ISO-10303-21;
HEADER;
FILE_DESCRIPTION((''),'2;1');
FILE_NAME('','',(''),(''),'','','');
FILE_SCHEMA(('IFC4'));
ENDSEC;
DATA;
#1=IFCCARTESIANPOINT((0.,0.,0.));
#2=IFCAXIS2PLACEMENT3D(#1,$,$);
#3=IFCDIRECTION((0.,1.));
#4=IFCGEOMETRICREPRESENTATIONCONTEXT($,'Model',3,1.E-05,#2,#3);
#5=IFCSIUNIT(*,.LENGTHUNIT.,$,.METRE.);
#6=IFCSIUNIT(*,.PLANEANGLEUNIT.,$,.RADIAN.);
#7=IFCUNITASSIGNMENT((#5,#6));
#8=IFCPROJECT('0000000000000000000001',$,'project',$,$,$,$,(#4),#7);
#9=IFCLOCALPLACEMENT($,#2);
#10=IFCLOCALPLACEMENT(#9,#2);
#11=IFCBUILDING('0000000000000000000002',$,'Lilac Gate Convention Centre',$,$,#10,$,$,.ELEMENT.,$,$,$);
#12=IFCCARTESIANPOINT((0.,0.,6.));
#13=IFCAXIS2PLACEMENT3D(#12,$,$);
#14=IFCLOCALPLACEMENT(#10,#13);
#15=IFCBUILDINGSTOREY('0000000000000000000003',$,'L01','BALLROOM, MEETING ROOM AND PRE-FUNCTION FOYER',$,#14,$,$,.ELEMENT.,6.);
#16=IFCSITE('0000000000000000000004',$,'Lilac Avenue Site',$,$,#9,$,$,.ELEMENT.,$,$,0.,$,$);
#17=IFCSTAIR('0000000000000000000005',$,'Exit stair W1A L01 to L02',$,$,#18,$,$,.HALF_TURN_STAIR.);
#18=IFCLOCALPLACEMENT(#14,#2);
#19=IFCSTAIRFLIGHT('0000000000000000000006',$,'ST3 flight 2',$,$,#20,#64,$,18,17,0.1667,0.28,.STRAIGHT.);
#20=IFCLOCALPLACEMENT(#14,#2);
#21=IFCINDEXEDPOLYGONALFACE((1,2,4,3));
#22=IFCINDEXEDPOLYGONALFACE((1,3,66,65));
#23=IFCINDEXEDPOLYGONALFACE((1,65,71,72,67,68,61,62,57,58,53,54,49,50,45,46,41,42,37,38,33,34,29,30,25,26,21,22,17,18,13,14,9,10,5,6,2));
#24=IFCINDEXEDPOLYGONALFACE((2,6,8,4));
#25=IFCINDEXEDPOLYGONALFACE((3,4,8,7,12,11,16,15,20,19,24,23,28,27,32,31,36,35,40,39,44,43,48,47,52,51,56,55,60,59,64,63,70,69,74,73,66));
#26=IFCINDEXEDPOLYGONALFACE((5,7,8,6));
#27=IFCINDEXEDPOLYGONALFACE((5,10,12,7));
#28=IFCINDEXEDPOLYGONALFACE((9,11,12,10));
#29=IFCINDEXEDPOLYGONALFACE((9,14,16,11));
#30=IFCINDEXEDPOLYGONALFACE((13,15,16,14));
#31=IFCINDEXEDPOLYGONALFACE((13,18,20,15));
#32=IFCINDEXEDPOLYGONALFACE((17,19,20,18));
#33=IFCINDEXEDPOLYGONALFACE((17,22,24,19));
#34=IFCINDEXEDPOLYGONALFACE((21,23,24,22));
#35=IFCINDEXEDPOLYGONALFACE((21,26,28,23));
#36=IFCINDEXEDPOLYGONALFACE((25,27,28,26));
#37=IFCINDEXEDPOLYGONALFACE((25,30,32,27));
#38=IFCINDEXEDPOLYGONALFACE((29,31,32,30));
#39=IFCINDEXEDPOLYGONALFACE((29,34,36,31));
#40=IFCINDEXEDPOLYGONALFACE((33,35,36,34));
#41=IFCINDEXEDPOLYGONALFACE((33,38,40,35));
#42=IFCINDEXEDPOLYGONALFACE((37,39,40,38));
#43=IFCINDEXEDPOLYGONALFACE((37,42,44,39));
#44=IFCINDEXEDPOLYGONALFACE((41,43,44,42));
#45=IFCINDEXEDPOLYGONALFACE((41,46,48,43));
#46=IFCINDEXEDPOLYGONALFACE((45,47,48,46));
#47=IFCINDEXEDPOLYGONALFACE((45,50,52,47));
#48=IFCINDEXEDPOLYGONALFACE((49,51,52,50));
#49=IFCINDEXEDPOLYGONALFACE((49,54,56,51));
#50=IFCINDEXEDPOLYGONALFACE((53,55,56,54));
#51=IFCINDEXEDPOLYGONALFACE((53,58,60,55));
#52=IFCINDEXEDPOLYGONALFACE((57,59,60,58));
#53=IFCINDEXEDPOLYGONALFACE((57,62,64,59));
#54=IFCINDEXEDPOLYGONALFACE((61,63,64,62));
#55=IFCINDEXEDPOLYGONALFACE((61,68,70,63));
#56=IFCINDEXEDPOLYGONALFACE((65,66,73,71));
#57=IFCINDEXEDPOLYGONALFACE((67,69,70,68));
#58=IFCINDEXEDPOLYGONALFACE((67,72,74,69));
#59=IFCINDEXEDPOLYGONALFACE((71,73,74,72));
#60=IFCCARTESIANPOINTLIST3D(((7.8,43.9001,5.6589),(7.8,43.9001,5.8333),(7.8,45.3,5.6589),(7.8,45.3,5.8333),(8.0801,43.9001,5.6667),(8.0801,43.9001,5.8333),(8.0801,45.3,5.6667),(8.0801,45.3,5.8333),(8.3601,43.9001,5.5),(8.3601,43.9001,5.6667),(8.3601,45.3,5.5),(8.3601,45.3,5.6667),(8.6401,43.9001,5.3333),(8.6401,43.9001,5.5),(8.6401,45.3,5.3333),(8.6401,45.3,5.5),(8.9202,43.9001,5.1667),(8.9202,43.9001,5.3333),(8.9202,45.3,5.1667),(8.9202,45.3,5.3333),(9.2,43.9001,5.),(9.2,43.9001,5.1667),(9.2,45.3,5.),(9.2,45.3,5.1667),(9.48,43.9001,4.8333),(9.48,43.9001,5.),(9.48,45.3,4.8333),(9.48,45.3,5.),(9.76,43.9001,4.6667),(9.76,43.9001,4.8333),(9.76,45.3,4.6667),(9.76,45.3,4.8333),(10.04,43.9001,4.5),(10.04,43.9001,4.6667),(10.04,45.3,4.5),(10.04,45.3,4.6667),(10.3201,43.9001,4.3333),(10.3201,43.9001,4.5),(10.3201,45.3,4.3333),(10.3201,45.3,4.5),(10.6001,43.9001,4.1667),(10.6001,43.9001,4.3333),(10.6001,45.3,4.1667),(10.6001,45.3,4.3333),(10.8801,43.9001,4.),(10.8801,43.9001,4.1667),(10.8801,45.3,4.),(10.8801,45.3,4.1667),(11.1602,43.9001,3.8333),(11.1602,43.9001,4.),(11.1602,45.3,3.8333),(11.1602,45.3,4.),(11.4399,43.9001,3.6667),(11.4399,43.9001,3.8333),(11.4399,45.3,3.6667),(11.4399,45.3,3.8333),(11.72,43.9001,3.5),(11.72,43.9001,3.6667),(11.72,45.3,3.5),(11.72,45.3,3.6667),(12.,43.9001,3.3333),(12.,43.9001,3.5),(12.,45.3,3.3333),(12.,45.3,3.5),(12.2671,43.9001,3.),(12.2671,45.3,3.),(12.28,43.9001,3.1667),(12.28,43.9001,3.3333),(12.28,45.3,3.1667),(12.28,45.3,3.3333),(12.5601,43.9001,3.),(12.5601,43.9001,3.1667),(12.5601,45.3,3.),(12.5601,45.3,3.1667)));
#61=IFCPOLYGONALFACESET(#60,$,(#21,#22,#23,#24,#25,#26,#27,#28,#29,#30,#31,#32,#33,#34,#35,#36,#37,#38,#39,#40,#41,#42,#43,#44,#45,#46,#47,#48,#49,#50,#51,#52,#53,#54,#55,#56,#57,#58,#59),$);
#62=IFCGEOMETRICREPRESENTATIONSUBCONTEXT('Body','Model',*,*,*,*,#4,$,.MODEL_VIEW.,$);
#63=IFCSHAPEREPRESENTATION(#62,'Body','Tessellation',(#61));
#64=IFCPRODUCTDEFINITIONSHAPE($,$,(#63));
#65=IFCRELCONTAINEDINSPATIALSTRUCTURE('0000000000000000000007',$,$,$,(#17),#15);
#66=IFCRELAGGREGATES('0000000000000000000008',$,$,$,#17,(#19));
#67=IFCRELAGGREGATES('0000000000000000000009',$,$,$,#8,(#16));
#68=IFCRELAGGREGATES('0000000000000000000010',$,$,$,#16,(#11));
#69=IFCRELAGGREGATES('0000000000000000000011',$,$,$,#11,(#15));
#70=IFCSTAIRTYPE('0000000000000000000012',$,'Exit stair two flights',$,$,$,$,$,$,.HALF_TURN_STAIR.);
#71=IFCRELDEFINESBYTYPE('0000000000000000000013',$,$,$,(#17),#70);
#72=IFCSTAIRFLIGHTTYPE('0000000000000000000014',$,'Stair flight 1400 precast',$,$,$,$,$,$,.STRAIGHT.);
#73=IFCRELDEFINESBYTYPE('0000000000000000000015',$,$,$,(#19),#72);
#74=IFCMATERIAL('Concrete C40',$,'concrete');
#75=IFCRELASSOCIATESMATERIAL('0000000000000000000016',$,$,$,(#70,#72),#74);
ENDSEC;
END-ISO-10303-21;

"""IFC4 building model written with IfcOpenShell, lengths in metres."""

from ifc_helpers import new_model, si_unit, direction, frame, origin, place, context, subcontext, project, spatial, polyline, outline, extrude, material, type_object, element, aggregate, save


model = new_model("IFC4")

# Units and contexts
model_context = context("Model", 3, precision=1e-05, world=origin(), true_north=direction((0.0, 1.0)))
body_context = subcontext(model_context, "Body", "Model", "MODEL_VIEW")
ifc_project = project(units=[si_unit("LENGTHUNIT", "METRE"), si_unit("PLANEANGLEUNIT", "RADIAN")], contexts=[model_context])

# Site, building, storey
site_placement = place(None, origin())
site = spatial("IfcSite", under=ifc_project, at=site_placement, Name="Lilac Avenue Site", CompositionType="ELEMENT", RefElevation=0.0)
building_placement = place(site_placement, origin())
building = spatial("IfcBuilding", under=site, at=building_placement, Name="Lilac Gate Convention Centre", CompositionType="ELEMENT")
storey_placement = place(building_placement, frame((0.0, 0.0, 6.0)))
storey = spatial("IfcBuildingStorey", under=building, at=storey_placement, Name="L01", Description="BALLROOM, MEETING ROOM AND PRE-FUNCTION FOYER", CompositionType="ELEMENT", Elevation=6.0)

# Shared definitions
ifc_material_1 = material(Name="Concrete C40", Category="concrete")

# Stair, stair flight
stair_type = type_object("IfcStairType", Name="Exit stair two flights", PredefinedType="HALF_TURN_STAIR", material=ifc_material_1)
stair_placement = place(storey_placement, origin())
stair = element("IfcStair", 1, at=stair_placement, inside=storey, type_object=stair_type, Name="Exit stair W1A L01 to L02", PredefinedType="HALF_TURN_STAIR")
stair_flight_type = type_object("IfcStairFlightType", Name="Stair flight 1400 precast", PredefinedType="STRAIGHT", material=ifc_material_1)
stair_flight_placement = place(storey_placement, frame((12.5601, 44.6001, 3.0), z_axis=(0.0, 0.0, 1.0), x_axis=(-1.0, 0.0, 0.0)))
stair_flight = element("IfcStairFlight", 2, at=stair_flight_placement, type_object=stair_flight_type, Name="ST3 flight 2", NumberOfRisers=18, NumberOfTreads=17, PredefinedType="STRAIGHT", RiserHeight=0.1667, TreadLength=0.28, context=body_context, shape_type="SweptSolid", body=[
    extrude(outline(polyline([(0.0, 0.0), (0.0, 0.1667), (0.28, 0.1667), (0.28, 0.3333), (0.5601, 0.3333), (0.5601, 0.5), (0.8401, 0.5), (0.8401, 0.6667), (1.1201, 0.6667), (1.1201, 0.8333), (1.3999, 0.8333), (1.3999, 1.0), (1.6799, 1.0), (1.6799, 1.1667), (1.96, 1.1667), (1.96, 1.3333), (2.24, 1.3333), (2.24, 1.5), (2.52, 1.5), (2.52, 1.6667), (2.8, 1.6667), (2.8, 1.8333), (3.0801, 1.8333), (3.0801, 2.0), (3.3601, 2.0), (3.3601, 2.1667), (3.6399, 2.1667), (3.6399, 2.3333), (3.9199, 2.3333), (3.9199, 2.5), (4.2, 2.5), (4.2, 2.6667), (4.48, 2.6667), (4.48, 2.8333), (4.76, 2.8333), (4.76, 3.0), (4.76, 2.6589), (0.293, 0.0), (0.0, 0.0)])), frame((0.0, 0.7, 0.0), z_axis=(0.0, -1.0, 0.0), x_axis=(1.0, 0.0, 0.0)), (0.0, 0.0, 1.0), 1.3999),
])
aggregate(stair, [stair_flight])

save(model, "model.ifc")
